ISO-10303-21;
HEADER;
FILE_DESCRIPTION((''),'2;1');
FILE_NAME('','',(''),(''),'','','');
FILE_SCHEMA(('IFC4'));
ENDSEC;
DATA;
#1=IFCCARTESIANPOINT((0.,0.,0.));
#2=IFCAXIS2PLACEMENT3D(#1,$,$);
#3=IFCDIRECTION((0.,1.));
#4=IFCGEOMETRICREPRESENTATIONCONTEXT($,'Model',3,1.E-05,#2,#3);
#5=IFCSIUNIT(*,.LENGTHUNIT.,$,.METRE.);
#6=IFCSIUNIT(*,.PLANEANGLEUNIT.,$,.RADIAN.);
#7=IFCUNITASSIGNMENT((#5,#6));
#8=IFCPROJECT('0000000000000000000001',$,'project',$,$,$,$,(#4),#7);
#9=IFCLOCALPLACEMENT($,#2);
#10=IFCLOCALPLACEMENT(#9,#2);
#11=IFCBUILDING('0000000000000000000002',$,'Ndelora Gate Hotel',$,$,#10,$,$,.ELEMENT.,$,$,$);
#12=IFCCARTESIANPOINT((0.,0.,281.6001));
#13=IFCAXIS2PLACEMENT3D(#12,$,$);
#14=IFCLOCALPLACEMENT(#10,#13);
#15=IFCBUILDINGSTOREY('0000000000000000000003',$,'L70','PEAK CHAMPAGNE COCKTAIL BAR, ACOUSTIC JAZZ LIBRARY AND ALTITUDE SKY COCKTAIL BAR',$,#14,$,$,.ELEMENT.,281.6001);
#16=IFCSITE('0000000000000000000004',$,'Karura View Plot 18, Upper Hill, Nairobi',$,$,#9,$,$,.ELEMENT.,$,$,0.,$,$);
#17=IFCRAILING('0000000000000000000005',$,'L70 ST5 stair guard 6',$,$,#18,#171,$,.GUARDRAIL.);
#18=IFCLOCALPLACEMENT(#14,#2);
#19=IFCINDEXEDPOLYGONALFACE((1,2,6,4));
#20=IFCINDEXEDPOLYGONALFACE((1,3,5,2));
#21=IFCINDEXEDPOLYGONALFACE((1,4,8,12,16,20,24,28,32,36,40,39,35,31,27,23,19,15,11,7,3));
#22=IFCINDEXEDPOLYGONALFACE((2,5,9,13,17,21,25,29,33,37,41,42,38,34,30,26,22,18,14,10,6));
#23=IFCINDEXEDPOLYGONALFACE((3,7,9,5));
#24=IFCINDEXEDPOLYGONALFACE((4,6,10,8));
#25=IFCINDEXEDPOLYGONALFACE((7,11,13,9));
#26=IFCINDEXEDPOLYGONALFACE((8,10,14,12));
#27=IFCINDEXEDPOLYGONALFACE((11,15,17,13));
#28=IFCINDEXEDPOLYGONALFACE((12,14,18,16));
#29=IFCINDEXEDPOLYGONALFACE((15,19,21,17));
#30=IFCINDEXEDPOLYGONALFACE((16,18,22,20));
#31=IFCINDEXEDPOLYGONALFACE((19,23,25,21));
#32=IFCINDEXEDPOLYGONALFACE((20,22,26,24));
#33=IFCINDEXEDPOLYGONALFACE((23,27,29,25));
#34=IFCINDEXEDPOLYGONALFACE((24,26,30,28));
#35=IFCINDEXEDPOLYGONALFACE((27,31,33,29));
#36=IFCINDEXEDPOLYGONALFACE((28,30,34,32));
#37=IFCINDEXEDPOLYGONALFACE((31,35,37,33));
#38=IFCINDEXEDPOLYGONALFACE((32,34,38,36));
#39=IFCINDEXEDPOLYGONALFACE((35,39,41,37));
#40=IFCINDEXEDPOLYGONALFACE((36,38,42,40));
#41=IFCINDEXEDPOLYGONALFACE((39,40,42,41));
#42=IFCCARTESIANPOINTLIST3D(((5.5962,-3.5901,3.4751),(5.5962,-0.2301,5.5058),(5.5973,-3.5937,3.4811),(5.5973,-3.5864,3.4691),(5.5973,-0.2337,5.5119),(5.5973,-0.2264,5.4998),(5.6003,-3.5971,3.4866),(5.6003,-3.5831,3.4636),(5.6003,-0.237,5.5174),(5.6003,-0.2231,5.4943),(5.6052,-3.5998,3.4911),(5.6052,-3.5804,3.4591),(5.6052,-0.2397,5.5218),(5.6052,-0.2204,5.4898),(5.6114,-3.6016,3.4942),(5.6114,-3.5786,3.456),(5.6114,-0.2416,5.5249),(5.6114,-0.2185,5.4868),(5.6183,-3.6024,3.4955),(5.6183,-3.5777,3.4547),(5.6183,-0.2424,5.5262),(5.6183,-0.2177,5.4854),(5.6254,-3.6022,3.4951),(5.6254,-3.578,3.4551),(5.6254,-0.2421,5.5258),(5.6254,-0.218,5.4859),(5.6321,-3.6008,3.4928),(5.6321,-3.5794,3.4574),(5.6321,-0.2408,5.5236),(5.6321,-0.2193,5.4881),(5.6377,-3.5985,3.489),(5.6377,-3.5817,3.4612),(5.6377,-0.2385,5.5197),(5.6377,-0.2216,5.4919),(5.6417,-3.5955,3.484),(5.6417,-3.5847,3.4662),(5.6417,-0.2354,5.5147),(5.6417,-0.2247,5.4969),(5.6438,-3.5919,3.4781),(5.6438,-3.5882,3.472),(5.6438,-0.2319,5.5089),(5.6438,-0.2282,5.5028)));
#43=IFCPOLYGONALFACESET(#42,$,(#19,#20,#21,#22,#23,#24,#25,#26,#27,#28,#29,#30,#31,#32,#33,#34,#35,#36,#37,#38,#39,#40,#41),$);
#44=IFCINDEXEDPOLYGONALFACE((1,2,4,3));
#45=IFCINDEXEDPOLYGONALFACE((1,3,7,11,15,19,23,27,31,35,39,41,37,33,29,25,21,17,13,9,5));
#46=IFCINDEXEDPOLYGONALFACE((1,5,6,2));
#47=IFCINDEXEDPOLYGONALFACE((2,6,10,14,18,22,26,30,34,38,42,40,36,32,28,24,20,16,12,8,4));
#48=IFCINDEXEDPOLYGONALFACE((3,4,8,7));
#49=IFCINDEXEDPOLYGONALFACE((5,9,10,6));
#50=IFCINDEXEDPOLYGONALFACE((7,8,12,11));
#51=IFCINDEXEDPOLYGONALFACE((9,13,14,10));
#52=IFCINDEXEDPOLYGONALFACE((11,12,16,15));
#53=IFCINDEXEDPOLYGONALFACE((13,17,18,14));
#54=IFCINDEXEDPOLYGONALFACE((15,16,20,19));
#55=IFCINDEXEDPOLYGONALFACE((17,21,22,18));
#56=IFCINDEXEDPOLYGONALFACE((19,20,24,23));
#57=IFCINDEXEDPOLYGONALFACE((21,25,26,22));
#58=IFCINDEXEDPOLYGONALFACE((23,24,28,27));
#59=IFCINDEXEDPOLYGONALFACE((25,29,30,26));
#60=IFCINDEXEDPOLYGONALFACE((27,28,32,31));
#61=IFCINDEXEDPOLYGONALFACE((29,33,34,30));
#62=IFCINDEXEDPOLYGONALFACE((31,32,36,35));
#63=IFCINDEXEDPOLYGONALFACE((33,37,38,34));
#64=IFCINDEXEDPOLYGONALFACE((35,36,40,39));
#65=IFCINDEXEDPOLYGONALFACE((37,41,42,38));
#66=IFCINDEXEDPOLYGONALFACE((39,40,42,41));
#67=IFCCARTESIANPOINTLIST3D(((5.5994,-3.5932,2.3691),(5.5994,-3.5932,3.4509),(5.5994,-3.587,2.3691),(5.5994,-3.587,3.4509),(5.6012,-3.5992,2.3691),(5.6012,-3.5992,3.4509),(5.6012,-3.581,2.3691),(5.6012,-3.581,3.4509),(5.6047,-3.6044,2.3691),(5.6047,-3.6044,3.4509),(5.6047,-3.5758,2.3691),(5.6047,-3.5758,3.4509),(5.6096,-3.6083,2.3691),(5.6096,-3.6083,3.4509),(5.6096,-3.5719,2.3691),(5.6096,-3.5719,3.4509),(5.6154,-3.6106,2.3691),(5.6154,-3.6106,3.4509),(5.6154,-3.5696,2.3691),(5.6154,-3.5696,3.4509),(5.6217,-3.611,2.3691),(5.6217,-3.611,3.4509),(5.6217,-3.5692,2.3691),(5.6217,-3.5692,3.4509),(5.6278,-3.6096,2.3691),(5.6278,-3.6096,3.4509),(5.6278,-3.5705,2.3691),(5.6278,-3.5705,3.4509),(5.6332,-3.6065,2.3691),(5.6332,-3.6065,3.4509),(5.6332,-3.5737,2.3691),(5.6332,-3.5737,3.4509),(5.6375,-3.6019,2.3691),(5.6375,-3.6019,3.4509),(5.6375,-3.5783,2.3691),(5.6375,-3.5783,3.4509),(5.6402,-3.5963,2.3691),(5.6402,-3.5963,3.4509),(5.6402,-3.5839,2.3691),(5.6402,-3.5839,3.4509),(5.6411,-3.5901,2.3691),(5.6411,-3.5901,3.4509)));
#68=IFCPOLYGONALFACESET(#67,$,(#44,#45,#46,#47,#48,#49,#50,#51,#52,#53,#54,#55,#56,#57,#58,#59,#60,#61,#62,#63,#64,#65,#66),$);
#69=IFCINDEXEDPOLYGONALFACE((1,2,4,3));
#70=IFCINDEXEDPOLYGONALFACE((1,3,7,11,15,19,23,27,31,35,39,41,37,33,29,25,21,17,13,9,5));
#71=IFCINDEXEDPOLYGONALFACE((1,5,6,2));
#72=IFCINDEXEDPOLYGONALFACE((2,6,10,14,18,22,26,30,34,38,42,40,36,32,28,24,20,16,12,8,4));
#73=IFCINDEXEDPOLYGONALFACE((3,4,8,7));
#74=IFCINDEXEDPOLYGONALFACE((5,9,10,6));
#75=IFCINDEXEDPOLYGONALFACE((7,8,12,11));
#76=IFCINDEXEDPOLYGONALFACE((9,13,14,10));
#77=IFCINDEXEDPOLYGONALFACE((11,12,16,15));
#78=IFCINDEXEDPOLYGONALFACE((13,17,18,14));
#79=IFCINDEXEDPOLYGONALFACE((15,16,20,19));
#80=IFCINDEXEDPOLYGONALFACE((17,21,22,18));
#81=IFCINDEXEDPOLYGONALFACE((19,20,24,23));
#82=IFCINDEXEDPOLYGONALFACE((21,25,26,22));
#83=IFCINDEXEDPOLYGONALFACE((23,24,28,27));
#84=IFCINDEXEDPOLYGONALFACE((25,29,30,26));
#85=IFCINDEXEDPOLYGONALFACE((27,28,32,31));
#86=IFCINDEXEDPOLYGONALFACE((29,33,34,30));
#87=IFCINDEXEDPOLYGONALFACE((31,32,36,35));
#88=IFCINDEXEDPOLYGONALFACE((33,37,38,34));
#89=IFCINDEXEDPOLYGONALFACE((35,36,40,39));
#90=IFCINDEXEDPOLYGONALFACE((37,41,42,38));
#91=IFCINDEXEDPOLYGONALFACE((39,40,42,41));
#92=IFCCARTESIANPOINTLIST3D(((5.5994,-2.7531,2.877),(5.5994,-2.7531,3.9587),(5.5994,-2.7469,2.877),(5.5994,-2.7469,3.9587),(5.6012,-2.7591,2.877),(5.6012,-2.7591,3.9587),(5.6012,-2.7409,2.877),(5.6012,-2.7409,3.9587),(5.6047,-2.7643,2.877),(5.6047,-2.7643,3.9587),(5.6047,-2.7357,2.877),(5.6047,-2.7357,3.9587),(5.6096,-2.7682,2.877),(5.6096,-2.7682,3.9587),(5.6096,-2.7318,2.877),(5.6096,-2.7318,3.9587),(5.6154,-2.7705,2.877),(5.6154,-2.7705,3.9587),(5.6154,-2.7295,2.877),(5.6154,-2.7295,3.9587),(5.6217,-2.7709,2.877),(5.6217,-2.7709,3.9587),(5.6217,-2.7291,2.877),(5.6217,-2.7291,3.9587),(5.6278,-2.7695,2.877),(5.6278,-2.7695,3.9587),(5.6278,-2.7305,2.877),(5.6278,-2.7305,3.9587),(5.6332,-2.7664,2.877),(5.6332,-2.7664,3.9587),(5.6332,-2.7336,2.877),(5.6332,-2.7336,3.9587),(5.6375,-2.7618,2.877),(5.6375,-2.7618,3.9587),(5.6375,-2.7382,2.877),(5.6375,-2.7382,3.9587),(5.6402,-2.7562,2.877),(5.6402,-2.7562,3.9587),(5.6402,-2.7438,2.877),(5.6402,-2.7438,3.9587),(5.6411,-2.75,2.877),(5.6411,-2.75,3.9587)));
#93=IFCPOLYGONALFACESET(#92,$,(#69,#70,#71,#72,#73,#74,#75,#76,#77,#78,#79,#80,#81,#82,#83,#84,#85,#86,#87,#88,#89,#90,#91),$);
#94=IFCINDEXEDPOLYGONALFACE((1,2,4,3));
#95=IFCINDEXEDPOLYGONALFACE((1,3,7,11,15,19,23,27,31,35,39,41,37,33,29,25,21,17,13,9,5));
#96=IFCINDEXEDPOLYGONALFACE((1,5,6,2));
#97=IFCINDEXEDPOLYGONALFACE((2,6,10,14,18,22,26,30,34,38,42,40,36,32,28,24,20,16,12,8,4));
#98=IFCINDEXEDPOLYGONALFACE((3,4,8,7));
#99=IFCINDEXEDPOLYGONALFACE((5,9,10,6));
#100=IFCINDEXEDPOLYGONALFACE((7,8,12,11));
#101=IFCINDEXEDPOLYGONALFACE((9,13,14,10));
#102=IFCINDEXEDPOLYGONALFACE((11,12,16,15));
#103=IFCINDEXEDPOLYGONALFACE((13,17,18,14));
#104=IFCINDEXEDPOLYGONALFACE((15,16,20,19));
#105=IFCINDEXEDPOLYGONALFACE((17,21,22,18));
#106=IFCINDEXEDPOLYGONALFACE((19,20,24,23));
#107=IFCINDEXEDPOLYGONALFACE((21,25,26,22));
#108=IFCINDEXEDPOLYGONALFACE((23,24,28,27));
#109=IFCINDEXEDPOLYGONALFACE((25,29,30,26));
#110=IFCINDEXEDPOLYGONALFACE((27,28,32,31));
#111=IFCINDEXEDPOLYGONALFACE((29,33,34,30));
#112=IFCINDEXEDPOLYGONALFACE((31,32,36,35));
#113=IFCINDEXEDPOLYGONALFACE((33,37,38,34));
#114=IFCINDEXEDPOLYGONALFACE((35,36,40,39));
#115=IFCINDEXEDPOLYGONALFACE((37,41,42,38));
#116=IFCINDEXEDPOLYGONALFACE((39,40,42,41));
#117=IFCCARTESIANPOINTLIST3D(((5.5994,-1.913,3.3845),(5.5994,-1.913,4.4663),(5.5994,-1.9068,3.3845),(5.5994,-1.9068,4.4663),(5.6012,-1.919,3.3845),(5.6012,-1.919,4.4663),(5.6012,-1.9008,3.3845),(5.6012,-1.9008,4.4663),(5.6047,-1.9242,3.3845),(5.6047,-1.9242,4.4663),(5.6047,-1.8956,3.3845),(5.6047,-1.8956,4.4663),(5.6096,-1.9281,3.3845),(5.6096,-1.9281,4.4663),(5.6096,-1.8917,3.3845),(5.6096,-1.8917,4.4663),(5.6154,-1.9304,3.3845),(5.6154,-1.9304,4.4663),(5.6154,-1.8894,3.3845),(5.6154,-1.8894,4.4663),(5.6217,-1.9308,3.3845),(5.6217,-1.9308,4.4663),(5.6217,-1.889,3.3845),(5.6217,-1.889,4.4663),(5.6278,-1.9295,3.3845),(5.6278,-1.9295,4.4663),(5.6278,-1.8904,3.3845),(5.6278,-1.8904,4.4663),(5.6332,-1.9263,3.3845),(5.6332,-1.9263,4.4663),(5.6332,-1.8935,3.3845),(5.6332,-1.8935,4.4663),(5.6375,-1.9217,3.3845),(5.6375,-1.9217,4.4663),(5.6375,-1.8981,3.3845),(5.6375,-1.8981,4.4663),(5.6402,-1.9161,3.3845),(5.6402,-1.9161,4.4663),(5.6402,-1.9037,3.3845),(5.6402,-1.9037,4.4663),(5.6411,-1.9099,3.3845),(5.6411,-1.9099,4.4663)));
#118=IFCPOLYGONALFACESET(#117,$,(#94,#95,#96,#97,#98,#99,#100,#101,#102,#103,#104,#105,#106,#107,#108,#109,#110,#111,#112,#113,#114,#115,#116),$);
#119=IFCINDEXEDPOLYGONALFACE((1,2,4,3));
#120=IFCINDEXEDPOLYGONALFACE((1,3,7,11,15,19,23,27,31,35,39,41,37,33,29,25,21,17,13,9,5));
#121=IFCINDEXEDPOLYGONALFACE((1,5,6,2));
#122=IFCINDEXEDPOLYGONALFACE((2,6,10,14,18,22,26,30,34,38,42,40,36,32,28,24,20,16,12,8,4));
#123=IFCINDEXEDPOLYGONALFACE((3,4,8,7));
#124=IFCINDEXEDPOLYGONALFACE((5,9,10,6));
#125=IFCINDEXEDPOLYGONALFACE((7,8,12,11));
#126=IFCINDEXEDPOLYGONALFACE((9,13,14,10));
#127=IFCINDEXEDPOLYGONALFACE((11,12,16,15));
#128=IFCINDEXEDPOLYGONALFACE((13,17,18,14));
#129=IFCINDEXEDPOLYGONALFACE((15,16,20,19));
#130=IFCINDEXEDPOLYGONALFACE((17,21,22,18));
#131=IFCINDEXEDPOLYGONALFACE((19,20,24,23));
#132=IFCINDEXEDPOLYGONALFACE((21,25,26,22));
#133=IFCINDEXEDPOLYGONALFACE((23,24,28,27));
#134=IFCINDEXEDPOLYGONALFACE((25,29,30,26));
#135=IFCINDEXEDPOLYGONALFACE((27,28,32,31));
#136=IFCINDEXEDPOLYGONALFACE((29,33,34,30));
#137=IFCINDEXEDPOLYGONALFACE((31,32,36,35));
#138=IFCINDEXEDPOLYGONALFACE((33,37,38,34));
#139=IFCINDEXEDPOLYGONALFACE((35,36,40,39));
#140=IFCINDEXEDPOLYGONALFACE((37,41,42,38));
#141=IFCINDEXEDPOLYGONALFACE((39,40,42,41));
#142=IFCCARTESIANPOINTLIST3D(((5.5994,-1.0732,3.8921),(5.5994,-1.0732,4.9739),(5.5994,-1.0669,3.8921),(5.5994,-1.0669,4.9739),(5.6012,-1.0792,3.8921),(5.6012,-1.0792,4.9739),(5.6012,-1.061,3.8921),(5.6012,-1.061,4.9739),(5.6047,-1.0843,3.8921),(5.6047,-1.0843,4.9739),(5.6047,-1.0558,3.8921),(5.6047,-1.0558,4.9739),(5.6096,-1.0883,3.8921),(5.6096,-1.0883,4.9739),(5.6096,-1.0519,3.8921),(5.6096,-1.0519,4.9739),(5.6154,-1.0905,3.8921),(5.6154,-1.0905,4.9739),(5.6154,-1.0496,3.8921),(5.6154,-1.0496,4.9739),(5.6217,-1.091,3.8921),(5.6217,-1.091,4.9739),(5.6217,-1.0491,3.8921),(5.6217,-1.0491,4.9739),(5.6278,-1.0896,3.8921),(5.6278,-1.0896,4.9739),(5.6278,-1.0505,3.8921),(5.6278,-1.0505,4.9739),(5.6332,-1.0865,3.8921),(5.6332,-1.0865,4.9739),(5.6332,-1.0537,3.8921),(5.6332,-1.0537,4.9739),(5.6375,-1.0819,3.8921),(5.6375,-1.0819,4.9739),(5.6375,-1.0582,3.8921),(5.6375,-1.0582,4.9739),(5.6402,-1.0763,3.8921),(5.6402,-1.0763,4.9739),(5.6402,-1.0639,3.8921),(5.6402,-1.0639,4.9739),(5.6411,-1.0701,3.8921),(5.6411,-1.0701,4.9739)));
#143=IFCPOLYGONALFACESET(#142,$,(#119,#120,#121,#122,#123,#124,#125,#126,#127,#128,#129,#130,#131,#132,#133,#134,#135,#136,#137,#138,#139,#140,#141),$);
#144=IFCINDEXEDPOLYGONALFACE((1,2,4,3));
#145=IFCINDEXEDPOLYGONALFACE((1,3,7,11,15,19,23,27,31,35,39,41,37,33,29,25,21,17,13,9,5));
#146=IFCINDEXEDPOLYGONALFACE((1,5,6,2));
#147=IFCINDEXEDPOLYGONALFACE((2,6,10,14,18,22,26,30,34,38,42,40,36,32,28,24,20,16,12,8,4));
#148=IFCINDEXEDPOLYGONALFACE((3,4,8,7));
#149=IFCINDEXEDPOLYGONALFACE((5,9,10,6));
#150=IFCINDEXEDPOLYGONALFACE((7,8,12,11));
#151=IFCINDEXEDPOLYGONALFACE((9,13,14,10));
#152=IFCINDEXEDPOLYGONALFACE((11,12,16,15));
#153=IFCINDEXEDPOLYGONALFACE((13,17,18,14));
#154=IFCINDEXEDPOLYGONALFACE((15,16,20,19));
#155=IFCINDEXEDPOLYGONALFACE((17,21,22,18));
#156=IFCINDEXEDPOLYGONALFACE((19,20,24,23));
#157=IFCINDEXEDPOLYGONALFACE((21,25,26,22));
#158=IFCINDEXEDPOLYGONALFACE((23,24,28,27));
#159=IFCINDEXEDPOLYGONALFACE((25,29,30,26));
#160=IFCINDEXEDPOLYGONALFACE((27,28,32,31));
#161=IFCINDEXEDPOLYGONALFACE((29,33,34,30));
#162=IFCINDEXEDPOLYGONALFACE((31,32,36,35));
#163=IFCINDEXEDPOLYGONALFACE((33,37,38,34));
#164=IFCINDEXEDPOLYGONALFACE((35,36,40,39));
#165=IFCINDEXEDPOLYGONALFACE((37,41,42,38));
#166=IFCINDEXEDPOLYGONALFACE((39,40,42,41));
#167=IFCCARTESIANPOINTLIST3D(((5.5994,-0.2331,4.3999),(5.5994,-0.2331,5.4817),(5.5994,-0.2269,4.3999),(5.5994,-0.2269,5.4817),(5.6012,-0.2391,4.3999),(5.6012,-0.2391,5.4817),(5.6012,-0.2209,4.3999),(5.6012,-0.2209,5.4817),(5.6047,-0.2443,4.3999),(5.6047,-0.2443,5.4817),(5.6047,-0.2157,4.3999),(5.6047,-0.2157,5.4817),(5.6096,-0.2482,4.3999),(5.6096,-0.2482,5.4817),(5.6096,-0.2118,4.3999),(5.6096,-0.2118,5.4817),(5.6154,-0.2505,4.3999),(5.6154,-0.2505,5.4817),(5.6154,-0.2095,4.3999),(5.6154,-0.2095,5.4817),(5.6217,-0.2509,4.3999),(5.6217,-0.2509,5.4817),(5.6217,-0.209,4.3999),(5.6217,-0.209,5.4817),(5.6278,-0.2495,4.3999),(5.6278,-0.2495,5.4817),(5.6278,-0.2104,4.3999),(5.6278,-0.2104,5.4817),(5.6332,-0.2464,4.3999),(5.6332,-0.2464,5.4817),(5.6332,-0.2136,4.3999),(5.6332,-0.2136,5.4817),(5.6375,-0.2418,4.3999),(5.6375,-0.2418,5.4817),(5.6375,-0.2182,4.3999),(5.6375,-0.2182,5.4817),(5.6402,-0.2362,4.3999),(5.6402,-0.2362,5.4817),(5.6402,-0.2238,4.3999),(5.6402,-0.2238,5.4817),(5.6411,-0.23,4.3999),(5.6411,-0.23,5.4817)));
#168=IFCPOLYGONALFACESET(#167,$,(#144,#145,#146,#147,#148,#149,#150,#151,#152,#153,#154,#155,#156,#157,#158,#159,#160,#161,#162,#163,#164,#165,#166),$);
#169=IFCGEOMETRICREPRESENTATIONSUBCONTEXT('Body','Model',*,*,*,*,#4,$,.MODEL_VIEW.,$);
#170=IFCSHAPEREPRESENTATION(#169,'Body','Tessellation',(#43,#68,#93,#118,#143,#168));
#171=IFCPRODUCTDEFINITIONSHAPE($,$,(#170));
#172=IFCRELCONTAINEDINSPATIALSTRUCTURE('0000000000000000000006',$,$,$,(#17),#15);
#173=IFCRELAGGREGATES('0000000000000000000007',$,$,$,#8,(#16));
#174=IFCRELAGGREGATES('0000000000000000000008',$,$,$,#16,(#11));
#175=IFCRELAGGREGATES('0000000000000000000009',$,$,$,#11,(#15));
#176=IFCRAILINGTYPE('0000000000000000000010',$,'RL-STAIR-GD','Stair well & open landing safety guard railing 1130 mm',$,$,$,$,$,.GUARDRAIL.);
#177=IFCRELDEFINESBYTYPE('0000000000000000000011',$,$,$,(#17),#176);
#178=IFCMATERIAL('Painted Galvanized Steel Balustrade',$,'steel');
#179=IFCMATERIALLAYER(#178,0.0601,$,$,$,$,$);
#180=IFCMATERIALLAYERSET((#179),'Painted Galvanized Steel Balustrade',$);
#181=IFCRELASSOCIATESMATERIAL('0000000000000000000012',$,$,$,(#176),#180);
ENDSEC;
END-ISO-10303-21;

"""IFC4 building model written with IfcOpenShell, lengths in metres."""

from ifc_helpers import new_model, si_unit, direction, frame, origin, origin_2d, place, context, subcontext, project, spatial, circle, extrude, material, layer, layer_set, type_object, element, save


model = new_model("IFC4")

# Units and contexts
model_context = context("Model", 3, precision=1e-05, world=origin(), true_north=direction((0.0, 1.0)))
body_context = subcontext(model_context, "Body", "Model", "MODEL_VIEW")
ifc_project = project(units=[si_unit("LENGTHUNIT", "METRE"), si_unit("PLANEANGLEUNIT", "RADIAN")], contexts=[model_context])

# Site, building, storey
site_placement = place(None, origin())
site = spatial("IfcSite", under=ifc_project, at=site_placement, Name="Karura View Plot 18, Upper Hill, Nairobi", CompositionType="ELEMENT", RefElevation=0.0)
building_placement = place(site_placement, origin())
building = spatial("IfcBuilding", under=site, at=building_placement, Name="Ndelora Gate Hotel", CompositionType="ELEMENT")
storey_placement = place(building_placement, frame((0.0, 0.0, 281.6001)))
storey = spatial("IfcBuildingStorey", under=building, at=storey_placement, Name="L70", Description="PEAK CHAMPAGNE COCKTAIL BAR, ACOUSTIC JAZZ LIBRARY AND ALTITUDE SKY COCKTAIL BAR", CompositionType="ELEMENT", Elevation=281.6001)

# Railing
ifc_material_1 = material(Name="Painted Galvanized Steel Balustrade", Category="steel")
ifc_layer_1 = layer(ifc_material_1, 0.0601)
ifc_layer_set_1 = layer_set([ifc_layer_1], Name="Painted Galvanized Steel Balustrade")
railing_type_1 = type_object("IfcRailingType", Name="RL-STAIR-GD", Description="Stair well & open landing safety guard railing 1130 mm", PredefinedType="GUARDRAIL", material=ifc_layer_set_1)
railing_1_placement = place(storey_placement, frame((5.6201, -3.5901, 2.3691)))
element("IfcRailing", 1, at=railing_1_placement, inside=storey, type_object=railing_type_1, Name="L70 ST5 stair guard 6", PredefinedType="GUARDRAIL", context=body_context, shape_type="SweptSolid", body=[
    extrude(circle(Radius=0.0239, at=origin_2d()), frame((0.0, 0.0, 1.106), z_axis=(0.0, 0.855837, 0.517246), x_axis=(-1.0, 0.0, 0.0)), (0.0, 0.0, 1.0), 3.926),
    extrude(circle(Radius=0.021, at=origin_2d()), origin(), (0.0, 0.0, 1.0), 1.0818),
    extrude(circle(Radius=0.021, at=origin_2d()), frame((0.0, 0.8401, 0.5078)), (0.0, 0.0, 1.0), 1.0818),
    extrude(circle(Radius=0.021, at=origin_2d()), frame((0.0, 1.6802, 1.0154)), (0.0, 0.0, 1.0), 1.0818),
    extrude(circle(Radius=0.021, at=origin_2d()), frame((0.0, 2.52, 1.5229)), (0.0, 0.0, 1.0), 1.0818),
    extrude(circle(Radius=0.021, at=origin_2d()), frame((0.0, 3.3601, 2.0308)), (0.0, 0.0, 1.0), 1.0818),
])

save(model, "model.ifc")
